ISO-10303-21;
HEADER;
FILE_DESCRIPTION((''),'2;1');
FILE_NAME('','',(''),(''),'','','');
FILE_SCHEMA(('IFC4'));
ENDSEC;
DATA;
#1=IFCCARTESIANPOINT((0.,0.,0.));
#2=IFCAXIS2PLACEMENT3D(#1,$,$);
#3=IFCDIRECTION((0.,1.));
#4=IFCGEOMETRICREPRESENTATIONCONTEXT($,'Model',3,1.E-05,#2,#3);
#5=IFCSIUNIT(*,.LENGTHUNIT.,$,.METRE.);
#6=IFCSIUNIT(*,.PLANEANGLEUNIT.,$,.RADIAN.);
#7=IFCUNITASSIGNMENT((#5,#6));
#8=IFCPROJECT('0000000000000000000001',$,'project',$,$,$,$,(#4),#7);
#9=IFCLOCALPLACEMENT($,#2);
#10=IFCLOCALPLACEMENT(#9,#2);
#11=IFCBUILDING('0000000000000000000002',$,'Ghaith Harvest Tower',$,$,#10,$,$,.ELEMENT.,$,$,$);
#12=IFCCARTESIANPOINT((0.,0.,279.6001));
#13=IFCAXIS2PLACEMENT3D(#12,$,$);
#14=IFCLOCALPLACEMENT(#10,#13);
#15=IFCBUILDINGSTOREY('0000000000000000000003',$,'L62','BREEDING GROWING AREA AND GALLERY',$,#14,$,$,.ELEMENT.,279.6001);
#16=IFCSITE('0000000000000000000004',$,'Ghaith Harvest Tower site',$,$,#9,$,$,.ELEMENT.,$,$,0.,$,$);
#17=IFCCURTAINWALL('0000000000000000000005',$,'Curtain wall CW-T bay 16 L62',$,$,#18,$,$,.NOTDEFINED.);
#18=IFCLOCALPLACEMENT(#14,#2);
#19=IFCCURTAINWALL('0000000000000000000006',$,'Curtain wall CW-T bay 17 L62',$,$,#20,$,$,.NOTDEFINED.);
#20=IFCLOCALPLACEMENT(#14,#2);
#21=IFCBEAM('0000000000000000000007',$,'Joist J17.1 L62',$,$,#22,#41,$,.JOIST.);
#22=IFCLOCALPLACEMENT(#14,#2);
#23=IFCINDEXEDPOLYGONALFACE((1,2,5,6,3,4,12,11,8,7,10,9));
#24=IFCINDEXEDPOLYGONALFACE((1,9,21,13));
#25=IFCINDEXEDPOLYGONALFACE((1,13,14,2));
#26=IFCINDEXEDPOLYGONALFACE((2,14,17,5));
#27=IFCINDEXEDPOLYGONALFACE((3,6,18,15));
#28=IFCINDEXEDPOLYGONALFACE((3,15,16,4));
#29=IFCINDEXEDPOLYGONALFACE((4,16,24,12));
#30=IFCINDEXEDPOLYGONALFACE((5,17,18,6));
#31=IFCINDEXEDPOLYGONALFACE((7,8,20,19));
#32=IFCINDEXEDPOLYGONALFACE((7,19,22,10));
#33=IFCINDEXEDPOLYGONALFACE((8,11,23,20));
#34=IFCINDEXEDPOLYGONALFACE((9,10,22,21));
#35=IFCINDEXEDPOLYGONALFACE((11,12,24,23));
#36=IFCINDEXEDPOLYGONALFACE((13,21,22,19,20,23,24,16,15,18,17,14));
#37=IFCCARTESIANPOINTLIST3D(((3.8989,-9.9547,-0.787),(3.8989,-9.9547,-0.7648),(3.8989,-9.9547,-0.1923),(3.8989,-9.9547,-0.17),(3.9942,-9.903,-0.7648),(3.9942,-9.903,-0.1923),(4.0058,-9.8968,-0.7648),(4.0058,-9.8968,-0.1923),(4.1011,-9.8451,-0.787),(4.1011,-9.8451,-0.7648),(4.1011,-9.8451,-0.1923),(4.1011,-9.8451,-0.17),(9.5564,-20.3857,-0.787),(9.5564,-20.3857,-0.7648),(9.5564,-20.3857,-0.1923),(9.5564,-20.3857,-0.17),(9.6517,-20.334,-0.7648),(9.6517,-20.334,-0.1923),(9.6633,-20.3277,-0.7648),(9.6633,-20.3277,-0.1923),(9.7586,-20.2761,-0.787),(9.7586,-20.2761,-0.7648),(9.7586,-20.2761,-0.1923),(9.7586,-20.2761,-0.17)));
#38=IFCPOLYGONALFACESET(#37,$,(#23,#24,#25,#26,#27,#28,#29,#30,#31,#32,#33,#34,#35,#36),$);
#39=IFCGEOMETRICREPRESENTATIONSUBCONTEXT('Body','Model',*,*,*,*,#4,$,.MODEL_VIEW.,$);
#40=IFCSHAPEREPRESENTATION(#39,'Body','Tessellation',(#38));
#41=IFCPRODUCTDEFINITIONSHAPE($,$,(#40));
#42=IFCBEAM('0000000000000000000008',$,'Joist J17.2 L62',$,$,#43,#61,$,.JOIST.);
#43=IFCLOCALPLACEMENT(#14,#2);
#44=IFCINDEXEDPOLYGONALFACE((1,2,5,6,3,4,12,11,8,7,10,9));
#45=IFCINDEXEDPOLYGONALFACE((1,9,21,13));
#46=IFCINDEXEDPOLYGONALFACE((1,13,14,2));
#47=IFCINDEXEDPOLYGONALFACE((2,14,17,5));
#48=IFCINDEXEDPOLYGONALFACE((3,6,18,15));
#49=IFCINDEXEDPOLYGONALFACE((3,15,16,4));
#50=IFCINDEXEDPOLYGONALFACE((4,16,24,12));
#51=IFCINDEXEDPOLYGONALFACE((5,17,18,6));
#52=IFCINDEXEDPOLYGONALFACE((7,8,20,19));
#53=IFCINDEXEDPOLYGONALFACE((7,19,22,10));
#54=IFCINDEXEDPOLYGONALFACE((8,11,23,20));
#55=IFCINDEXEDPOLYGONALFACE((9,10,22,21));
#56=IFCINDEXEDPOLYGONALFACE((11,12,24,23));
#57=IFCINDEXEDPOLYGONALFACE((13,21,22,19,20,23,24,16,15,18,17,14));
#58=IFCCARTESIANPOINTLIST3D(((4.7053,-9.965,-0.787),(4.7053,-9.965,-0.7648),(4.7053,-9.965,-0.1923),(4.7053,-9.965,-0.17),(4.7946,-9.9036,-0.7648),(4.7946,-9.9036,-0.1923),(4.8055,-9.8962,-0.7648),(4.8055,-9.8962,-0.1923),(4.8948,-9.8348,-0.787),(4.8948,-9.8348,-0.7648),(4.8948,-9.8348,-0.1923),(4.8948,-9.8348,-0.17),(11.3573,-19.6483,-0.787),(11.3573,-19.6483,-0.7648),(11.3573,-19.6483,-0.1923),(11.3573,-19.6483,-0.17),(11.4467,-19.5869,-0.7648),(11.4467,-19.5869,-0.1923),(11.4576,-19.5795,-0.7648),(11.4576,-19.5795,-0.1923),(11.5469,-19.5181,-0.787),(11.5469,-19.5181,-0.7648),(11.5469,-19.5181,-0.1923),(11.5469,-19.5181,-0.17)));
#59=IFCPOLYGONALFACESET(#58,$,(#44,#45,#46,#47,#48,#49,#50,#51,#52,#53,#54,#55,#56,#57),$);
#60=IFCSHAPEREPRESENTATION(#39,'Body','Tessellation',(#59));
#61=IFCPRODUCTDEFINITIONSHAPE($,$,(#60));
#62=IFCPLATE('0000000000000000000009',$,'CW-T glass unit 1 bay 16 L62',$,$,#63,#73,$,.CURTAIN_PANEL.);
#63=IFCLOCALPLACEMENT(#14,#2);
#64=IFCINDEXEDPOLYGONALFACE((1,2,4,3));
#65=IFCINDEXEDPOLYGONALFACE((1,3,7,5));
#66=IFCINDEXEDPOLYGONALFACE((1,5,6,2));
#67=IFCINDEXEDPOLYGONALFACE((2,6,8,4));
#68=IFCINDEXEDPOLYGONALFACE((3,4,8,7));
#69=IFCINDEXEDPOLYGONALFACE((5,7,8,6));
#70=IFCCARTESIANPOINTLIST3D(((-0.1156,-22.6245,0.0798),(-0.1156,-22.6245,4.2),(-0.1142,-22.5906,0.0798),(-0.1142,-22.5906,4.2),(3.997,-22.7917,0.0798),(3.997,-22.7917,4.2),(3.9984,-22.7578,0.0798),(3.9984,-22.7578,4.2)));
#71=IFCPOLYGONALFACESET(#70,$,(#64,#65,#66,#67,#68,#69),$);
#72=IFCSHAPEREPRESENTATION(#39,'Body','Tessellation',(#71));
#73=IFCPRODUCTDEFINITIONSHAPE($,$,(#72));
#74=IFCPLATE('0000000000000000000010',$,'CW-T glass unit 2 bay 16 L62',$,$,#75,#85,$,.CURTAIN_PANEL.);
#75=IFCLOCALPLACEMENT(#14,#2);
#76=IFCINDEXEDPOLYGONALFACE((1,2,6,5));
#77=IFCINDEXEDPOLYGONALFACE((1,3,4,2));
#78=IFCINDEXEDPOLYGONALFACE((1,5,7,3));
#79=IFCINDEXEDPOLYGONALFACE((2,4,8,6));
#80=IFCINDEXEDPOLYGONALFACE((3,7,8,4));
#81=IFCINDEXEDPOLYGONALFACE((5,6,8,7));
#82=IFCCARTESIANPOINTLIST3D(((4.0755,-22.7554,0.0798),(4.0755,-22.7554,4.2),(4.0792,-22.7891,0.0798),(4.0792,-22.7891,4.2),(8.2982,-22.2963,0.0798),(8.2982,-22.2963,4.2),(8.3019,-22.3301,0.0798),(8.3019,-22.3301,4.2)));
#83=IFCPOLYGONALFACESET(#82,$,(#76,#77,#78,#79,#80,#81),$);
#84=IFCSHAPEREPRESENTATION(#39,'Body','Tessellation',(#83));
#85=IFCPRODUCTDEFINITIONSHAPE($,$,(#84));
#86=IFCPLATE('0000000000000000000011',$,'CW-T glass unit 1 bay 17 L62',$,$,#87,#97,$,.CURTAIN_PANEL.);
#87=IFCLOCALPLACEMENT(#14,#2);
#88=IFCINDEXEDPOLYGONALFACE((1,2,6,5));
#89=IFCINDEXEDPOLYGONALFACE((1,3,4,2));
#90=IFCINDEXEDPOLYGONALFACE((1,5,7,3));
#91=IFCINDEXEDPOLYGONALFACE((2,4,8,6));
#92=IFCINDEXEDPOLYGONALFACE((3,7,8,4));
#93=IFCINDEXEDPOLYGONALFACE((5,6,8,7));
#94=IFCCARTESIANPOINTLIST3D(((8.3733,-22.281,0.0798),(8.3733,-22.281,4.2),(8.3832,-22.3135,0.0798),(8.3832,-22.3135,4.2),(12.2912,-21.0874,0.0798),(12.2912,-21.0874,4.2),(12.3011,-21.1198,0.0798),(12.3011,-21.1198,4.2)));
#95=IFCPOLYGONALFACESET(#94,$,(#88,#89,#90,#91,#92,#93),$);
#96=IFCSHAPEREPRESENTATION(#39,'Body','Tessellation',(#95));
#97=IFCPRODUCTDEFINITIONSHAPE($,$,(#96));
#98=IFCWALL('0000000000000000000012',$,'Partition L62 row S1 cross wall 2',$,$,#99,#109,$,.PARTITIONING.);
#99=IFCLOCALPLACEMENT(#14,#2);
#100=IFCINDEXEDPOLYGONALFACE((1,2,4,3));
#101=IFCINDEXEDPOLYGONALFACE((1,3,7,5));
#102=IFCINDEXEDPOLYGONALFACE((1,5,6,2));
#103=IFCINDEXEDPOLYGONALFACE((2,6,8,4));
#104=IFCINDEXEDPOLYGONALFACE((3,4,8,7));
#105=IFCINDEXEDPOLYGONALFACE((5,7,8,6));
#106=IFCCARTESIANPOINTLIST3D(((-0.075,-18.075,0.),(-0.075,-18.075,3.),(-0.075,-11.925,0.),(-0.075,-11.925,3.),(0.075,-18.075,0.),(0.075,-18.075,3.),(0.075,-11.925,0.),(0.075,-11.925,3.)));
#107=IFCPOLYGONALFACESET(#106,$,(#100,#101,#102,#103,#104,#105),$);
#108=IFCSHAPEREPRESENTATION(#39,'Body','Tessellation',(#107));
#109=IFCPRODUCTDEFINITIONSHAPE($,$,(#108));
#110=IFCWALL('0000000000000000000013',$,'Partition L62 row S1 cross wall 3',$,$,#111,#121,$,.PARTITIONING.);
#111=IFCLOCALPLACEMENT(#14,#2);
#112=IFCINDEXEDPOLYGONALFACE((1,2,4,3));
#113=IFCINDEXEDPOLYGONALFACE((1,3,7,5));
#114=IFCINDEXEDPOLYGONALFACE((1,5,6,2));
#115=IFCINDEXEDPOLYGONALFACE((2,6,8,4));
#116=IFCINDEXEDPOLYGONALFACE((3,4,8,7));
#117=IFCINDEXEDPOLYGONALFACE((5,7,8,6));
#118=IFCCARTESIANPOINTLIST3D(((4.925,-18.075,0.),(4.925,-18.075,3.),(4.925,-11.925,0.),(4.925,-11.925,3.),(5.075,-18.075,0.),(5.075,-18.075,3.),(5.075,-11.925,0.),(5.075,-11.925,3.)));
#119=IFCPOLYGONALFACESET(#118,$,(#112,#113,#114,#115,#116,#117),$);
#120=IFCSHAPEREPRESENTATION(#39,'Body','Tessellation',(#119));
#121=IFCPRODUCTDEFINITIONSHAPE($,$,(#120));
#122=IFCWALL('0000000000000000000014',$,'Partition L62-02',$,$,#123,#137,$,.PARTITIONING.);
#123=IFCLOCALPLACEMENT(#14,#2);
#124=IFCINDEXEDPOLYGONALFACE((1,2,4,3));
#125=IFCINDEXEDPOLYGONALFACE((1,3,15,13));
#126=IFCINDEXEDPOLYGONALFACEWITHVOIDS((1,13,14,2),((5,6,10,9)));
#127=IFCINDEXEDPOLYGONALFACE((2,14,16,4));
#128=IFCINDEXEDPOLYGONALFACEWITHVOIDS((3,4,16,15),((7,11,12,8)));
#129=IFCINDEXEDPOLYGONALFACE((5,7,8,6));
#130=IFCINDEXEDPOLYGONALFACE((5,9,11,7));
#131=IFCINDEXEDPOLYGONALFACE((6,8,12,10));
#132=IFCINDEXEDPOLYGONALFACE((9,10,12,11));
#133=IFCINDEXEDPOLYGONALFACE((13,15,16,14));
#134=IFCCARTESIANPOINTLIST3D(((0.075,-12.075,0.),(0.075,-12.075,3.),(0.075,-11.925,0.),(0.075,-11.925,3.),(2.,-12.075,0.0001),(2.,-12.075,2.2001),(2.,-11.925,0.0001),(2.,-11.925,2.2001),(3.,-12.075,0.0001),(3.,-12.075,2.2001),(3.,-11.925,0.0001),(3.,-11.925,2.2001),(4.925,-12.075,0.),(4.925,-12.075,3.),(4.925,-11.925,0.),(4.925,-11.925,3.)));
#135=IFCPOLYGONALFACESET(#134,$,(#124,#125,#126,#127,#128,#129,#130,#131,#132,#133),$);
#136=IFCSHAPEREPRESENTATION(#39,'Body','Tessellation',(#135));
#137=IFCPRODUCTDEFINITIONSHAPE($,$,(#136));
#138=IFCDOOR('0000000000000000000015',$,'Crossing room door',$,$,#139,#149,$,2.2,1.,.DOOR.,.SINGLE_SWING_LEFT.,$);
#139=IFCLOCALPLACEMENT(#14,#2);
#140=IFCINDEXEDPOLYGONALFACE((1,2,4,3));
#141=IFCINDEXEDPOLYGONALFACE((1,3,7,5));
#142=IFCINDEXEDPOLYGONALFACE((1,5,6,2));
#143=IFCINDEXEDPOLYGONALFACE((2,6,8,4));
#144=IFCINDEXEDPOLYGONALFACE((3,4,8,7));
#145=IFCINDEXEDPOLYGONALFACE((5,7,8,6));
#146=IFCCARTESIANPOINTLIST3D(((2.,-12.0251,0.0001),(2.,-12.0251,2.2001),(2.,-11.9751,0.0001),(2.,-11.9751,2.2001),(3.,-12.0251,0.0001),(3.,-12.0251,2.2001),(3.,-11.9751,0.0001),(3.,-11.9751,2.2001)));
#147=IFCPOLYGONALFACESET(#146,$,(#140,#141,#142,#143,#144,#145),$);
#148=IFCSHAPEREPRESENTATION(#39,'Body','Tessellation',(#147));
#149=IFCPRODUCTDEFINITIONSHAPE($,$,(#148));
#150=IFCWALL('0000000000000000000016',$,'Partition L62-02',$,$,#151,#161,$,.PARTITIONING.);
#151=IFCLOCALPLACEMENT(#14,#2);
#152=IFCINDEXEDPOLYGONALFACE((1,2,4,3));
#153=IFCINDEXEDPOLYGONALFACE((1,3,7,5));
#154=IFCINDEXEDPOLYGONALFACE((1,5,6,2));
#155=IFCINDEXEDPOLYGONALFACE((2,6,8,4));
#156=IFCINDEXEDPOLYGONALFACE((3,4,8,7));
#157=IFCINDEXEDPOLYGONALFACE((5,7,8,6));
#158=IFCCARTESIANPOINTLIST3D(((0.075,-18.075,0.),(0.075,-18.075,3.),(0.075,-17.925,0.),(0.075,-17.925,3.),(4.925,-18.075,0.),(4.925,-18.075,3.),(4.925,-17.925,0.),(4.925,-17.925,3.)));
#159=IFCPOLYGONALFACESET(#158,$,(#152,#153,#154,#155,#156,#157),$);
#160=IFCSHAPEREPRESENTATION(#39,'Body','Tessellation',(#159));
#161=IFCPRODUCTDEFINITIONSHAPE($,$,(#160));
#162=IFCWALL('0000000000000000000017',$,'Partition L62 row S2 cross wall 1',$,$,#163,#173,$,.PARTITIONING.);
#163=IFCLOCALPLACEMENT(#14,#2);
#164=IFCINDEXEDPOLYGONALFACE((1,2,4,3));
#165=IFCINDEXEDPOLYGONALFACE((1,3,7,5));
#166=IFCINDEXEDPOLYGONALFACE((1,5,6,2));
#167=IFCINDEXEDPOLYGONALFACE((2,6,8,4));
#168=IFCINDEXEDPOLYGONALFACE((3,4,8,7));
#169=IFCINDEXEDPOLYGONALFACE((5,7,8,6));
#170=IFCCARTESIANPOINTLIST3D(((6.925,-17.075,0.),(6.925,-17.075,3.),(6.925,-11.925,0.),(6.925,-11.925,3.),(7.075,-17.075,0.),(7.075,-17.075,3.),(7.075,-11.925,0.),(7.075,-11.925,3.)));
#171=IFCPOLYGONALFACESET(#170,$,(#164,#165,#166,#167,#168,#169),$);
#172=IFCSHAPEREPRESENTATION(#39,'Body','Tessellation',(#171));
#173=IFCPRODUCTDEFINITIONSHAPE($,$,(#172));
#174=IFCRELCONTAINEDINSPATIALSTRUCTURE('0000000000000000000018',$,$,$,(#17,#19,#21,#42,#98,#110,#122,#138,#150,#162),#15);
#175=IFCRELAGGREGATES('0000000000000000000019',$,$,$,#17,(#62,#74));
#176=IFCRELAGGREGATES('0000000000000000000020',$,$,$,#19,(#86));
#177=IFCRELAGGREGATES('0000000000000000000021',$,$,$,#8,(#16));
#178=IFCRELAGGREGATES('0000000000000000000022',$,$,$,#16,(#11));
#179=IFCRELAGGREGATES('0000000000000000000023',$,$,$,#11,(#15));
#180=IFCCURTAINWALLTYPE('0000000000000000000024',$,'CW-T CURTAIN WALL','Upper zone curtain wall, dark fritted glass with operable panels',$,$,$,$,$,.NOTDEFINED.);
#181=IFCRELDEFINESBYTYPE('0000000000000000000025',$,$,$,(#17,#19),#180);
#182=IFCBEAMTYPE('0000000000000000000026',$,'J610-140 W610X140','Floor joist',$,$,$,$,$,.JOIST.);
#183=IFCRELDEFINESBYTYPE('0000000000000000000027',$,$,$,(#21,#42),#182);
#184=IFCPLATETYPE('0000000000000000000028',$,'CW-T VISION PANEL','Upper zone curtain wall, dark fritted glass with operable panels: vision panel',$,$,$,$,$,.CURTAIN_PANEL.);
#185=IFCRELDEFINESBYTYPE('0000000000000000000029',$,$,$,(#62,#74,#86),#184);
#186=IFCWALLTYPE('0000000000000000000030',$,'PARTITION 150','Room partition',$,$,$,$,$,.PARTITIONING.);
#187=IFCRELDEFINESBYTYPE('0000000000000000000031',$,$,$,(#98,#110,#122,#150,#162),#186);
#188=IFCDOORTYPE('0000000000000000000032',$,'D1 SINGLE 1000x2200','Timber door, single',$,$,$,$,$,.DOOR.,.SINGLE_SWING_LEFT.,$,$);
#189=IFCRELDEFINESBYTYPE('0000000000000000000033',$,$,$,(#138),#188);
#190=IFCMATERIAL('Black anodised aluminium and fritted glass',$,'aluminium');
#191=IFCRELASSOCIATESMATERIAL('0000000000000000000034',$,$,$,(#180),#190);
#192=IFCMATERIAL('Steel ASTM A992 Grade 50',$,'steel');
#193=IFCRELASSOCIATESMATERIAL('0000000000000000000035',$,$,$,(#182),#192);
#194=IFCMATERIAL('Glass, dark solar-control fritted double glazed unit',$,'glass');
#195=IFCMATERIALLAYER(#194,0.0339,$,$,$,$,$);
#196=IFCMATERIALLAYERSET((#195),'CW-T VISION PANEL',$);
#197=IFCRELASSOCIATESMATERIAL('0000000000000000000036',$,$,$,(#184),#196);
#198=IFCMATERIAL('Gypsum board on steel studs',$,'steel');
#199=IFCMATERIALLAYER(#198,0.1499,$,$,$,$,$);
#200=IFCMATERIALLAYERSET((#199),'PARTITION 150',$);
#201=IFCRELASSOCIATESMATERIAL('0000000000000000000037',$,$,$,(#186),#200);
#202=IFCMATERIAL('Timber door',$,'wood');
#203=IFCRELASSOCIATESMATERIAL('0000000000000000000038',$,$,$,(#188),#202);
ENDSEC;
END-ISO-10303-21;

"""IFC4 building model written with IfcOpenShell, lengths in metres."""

from ifc_helpers import new_model, si_unit, direction, frame, frame_2d, origin, origin_2d, place, context, subcontext, project, spatial, rectangle, i_section, extrude, material, layer, layer_set, material_profile, profile_set, type_object, element, fill, aggregate, save


model = new_model("IFC4")

# Units and contexts
model_context = context("Model", 3, precision=1e-05, world=origin(), true_north=direction((0.0, 1.0)))
body_context = subcontext(model_context, "Body", "Model", "MODEL_VIEW")
ifc_project = project(units=[si_unit("LENGTHUNIT", "METRE"), si_unit("PLANEANGLEUNIT", "RADIAN")], contexts=[model_context])

# Site, building, storey
site_placement = place(None, origin())
site = spatial("IfcSite", under=ifc_project, at=site_placement, Name="Ghaith Harvest Tower site", CompositionType="ELEMENT", RefElevation=0.0)
building_placement = place(site_placement, origin())
building = spatial("IfcBuilding", under=site, at=building_placement, Name="Ghaith Harvest Tower", CompositionType="ELEMENT")
storey_placement = place(building_placement, frame((0.0, 0.0, 279.6001)))
storey = spatial("IfcBuildingStorey", under=building, at=storey_placement, Name="L62", Description="BREEDING GROWING AREA AND GALLERY", CompositionType="ELEMENT", Elevation=279.6001)

# Curtain walls
ifc_material_1 = material(Name="Black anodised aluminium and fritted glass", Category="aluminium")
curtain_wall_type = type_object("IfcCurtainWallType", Name="CW-T CURTAIN WALL", Description="Upper zone curtain wall, dark fritted glass with operable panels", PredefinedType="NOTDEFINED", material=ifc_material_1)
curtain_wall_1_placement = place(storey_placement, origin())
curtain_wall_1 = element("IfcCurtainWall", 1, at=curtain_wall_1_placement, inside=storey, type_object=curtain_wall_type, Name="Curtain wall CW-T bay 16 L62", PredefinedType="NOTDEFINED")
curtain_wall_2_placement = place(storey_placement, origin())
curtain_wall_2 = element("IfcCurtainWall", 2, at=curtain_wall_2_placement, inside=storey, type_object=curtain_wall_type, Name="Curtain wall CW-T bay 17 L62", PredefinedType="NOTDEFINED")

# Beams
ifc_material_2 = material(Name="Steel ASTM A992 Grade 50", Category="steel")
ifc_material_profile_1 = material_profile(ifc_material_2, i_section(OverallWidth=0.23, OverallDepth=0.6169, WebThickness=0.0132, FlangeThickness=0.0222, at=origin_2d()), Name="W610X140")
ifc_profile_set_1 = profile_set([ifc_material_profile_1], Name="Steel ASTM A992 Grade 50")
beam_type_1 = type_object("IfcBeamType", Name="J610-140 W610X140", Description="Floor joist", PredefinedType="JOIST", material=ifc_profile_set_1)
beam_1_placement = place(storey_placement, frame((4.0, -9.8999, -0.4785), z_axis=(0.476765, -0.879031, 0.0), x_axis=(0.879031, 0.476765, 0.0)))
element("IfcBeam", 3, at=beam_1_placement, inside=storey, type_object=beam_type_1, Name="Joist J17.1 L62", PredefinedType="JOIST", context=body_context, shape_type="SweptSolid", body=[
    extrude(i_section(OverallWidth=0.23, OverallDepth=0.6169, WebThickness=0.0132, FlangeThickness=0.0222, at=origin_2d()), origin(), (0.0, 0.0, 1.0), 11.8665),
])
beam_2_placement = place(storey_placement, frame((4.8, -9.8999, -0.4785), z_axis=(0.566228, -0.824249, 0.0), x_axis=(0.824249, 0.566228, 0.0)))
element("IfcBeam", 4, at=beam_2_placement, inside=storey, type_object=beam_type_1, Name="Joist J17.2 L62", PredefinedType="JOIST", context=body_context, shape_type="SweptSolid", body=[
    extrude(i_section(OverallWidth=0.23, OverallDepth=0.6169, WebThickness=0.0132, FlangeThickness=0.0222, at=origin_2d()), origin(), (0.0, 0.0, 1.0), 11.748),
])

# Plates
ifc_material_3 = material(Name="Glass, dark solar-control fritted double glazed unit", Category="glass")
ifc_layer_1 = layer(ifc_material_3, 0.0339)
ifc_layer_set_1 = layer_set([ifc_layer_1], Name="CW-T VISION PANEL")
plate_type = type_object("IfcPlateType", Name="CW-T VISION PANEL", Description="Upper zone curtain wall, dark fritted glass with operable panels: vision panel", PredefinedType="CURTAIN_PANEL", material=ifc_layer_set_1)
plate_1_placement = place(storey_placement, frame((1.9414, -22.6912, 0.0798), z_axis=(0.0, 0.0, 1.0), x_axis=(0.999174, -0.040638, 0.0)))
plate_1 = element("IfcPlate", 5, at=plate_1_placement, type_object=plate_type, Name="CW-T glass unit 1 bay 16 L62", PredefinedType="CURTAIN_PANEL", context=body_context, shape_type="SweptSolid", body=[
    extrude(rectangle(XDim=4.116, YDim=0.0339, at=origin_2d()), origin(), (0.0, 0.0, 1.0), 4.1201),
])
plate_2_placement = place(storey_placement, frame((6.1887, -22.5427, 0.0798), z_axis=(0.0, 0.0, 1.0), x_axis=(0.994143, 0.108074, 0.0)))
plate_2 = element("IfcPlate", 6, at=plate_2_placement, type_object=plate_type, Name="CW-T glass unit 2 bay 16 L62", PredefinedType="CURTAIN_PANEL", context=body_context, shape_type="SweptSolid", body=[
    extrude(rectangle(XDim=4.2476, YDim=0.0339, at=origin_2d()), origin(), (0.0, 0.0, 1.0), 4.1201),
])
aggregate(curtain_wall_1, [plate_1, plate_2])
plate_3_placement = place(storey_placement, frame((10.3372, -21.7004, 0.0798), z_axis=(0.0, 0.0, 1.0), x_axis=(0.956588, 0.291445, 0.0)))
plate_3 = element("IfcPlate", 7, at=plate_3_placement, type_object=plate_type, Name="CW-T glass unit 1 bay 17 L62", PredefinedType="CURTAIN_PANEL", context=body_context, shape_type="SweptSolid", body=[
    extrude(rectangle(XDim=4.0957, YDim=0.0339, at=origin_2d()), origin(), (0.0, 0.0, 1.0), 4.1201),
])
aggregate(curtain_wall_2, [plate_3])

# Walls
ifc_material_4 = material(Name="Gypsum board on steel studs", Category="steel")
ifc_layer_2 = layer(ifc_material_4, 0.1499)
ifc_layer_set_2 = layer_set([ifc_layer_2], Name="PARTITION 150")
wall_type = type_object("IfcWallType", Name="PARTITION 150", Description="Room partition", PredefinedType="PARTITIONING", material=ifc_layer_set_2)
for number, where, z_axis, x_axis, name in (
    (8, (0.0, -11.925, 0.0), (0.0, 0.0, 1.0), (0.0, -1.0, 0.0), "Partition L62 row S1 cross wall 2"),
    (9, (5.0, -11.925, 0.0), (0.0, 0.0, 1.0), (0.0, -1.0, 0.0), "Partition L62 row S1 cross wall 3"),
):
    element("IfcWall", number, at=place(storey_placement, frame(where, z_axis=z_axis, x_axis=x_axis)), inside=storey, type_object=wall_type, Name=name, PredefinedType="PARTITIONING", context=body_context, shape_type="SweptSolid", body=[
        extrude(rectangle(XDim=6.1499, YDim=0.1499, at=frame_2d((3.075, 0.0))), origin(), (0.0, 0.0, 1.0), 3.0),
    ])

# Wall, opening, door
wall_1_placement = place(storey_placement, frame((0.075, -12.0, 0.0), z_axis=(0.0, 0.0, 1.0), x_axis=(1.0, 0.0, 0.0)))
wall_1 = element("IfcWall", 10, at=wall_1_placement, inside=storey, type_object=wall_type, Name="Partition L62-02", PredefinedType="PARTITIONING", context=body_context, shape_type="SweptSolid", body=[
    extrude(rectangle(XDim=4.8501, YDim=0.1499, at=frame_2d((2.425, 0.0))), origin(), (0.0, 0.0, 1.0), 3.0),
])
opening_1_placement = place(wall_1_placement, frame((1.925, 0.0, 0.0)))
opening_1 = element("IfcOpeningElement", 11, at=opening_1_placement, cuts=wall_1, PredefinedType="OPENING", context=body_context, shape_type="SweptSolid", body=[
    extrude(rectangle(XDim=1.0, YDim=2.2, at=frame_2d((0.5, 1.1001))), frame((0.0, 0.085, 0.0), z_axis=(0.0, -1.0, 0.0), x_axis=(1.0, 0.0, 0.0)), (0.0, 0.0, 1.0), 0.1699),
])
ifc_material_5 = material(Name="Timber door", Category="wood")
door_type = type_object("IfcDoorType", Name="D1 SINGLE 1000x2200", Description="Timber door, single", OperationType="SINGLE_SWING_LEFT", PredefinedType="DOOR", material=ifc_material_5)
door_1_placement = place(opening_1_placement, origin())
door_1 = element("IfcDoor", 12, at=door_1_placement, inside=storey, type_object=door_type, Name="Crossing room door", OperationType="SINGLE_SWING_LEFT", OverallHeight=2.2, OverallWidth=1.0, PredefinedType="DOOR", context=body_context, shape_type="SweptSolid", body=[
    extrude(rectangle(XDim=1.0, YDim=2.2, at=frame_2d((0.5, 1.1001))), frame((0.0, 0.0249, 0.0), z_axis=(0.0, -1.0, 0.0), x_axis=(1.0, 0.0, 0.0)), (0.0, 0.0, 1.0), 0.05),
])
fill(opening_1, door_1)

# Walls
wall_2_placement = place(storey_placement, frame((0.075, -18.0, 0.0), z_axis=(0.0, 0.0, 1.0), x_axis=(1.0, 0.0, 0.0)))
element("IfcWall", 13, at=wall_2_placement, inside=storey, type_object=wall_type, Name="Partition L62-02", PredefinedType="PARTITIONING", context=body_context, shape_type="SweptSolid", body=[
    extrude(rectangle(XDim=4.8501, YDim=0.1499, at=frame_2d((2.425, 0.0))), origin(), (0.0, 0.0, 1.0), 3.0),
])
wall_3_placement = place(storey_placement, frame((7.0, -11.925, 0.0), z_axis=(0.0, 0.0, 1.0), x_axis=(0.0, -1.0, 0.0)))
element("IfcWall", 14, at=wall_3_placement, inside=storey, type_object=wall_type, Name="Partition L62 row S2 cross wall 1", PredefinedType="PARTITIONING", context=body_context, shape_type="SweptSolid", body=[
    extrude(rectangle(XDim=5.1499, YDim=0.1499, at=frame_2d((2.575, 0.0))), origin(), (0.0, 0.0, 1.0), 3.0),
])

save(model, "model.ifc")
